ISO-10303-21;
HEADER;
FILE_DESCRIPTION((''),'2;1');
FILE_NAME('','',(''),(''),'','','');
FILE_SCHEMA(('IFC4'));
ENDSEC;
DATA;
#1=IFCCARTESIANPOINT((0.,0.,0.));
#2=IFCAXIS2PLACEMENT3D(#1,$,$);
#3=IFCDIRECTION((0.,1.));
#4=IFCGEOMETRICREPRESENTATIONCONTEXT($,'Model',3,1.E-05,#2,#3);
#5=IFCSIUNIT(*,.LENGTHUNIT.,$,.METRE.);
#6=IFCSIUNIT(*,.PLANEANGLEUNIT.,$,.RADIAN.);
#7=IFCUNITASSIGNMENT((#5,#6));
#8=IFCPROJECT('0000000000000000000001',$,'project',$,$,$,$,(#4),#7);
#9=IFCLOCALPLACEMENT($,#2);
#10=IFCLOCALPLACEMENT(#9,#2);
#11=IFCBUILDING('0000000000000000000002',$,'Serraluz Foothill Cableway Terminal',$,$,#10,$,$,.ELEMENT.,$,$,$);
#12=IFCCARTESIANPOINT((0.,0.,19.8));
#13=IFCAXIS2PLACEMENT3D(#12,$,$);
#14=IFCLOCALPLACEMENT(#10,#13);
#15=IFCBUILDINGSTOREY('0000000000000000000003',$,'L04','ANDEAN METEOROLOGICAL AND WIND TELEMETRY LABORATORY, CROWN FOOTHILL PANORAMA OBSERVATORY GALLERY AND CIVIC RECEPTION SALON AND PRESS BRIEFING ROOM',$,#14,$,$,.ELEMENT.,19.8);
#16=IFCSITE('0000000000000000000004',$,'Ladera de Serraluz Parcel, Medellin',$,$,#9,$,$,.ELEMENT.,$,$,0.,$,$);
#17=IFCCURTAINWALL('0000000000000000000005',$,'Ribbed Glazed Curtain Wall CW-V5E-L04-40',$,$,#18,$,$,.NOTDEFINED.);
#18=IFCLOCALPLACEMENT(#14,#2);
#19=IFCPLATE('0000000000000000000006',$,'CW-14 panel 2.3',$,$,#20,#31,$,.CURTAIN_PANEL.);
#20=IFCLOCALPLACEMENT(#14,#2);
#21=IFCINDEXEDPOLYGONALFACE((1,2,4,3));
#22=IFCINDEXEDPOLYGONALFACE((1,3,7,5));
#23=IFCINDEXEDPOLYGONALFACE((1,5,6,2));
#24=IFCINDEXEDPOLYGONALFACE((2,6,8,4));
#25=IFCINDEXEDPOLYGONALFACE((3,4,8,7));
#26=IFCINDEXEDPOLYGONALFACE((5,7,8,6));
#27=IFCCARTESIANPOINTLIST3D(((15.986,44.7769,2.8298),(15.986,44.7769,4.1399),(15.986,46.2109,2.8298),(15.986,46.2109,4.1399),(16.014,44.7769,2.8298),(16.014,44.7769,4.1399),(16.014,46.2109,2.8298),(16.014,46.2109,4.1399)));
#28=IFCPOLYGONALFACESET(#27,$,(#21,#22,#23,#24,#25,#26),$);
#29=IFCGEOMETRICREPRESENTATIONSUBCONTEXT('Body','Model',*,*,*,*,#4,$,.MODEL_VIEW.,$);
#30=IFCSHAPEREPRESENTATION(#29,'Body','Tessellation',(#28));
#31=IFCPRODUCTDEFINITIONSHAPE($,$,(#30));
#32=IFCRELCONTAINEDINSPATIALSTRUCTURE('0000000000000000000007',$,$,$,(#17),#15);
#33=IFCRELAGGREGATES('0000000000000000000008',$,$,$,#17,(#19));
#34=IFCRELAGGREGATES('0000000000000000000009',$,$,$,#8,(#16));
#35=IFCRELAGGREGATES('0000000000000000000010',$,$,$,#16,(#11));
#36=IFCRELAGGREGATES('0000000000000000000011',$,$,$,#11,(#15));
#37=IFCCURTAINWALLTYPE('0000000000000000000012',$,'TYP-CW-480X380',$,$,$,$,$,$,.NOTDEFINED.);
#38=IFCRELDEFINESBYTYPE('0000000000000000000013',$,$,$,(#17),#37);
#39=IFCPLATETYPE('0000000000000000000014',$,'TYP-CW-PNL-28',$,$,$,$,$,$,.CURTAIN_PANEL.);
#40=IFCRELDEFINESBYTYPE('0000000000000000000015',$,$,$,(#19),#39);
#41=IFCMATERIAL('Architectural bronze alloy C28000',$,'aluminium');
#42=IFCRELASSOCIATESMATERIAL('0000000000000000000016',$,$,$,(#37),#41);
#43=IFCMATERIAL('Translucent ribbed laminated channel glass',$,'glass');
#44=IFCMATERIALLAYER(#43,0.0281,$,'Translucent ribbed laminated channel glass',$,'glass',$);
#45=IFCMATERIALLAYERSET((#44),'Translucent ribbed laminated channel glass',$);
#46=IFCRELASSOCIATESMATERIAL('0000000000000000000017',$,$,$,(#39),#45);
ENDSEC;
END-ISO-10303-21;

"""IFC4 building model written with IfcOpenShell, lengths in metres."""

from ifc_helpers import new_model, si_unit, direction, frame, origin, origin_2d, place, context, subcontext, project, spatial, rectangle, extrude, material, layer, layer_set, type_object, element, aggregate, save


model = new_model("IFC4")

# Units and contexts
model_context = context("Model", 3, precision=1e-05, world=origin(), true_north=direction((0.0, 1.0)))
body_context = subcontext(model_context, "Body", "Model", "MODEL_VIEW")
ifc_project = project(units=[si_unit("LENGTHUNIT", "METRE"), si_unit("PLANEANGLEUNIT", "RADIAN")], contexts=[model_context])

# Site, building, storey
site_placement = place(None, origin())
site = spatial("IfcSite", under=ifc_project, at=site_placement, Name="Ladera de Serraluz Parcel, Medellin", CompositionType="ELEMENT", RefElevation=0.0)
building_placement = place(site_placement, origin())
building = spatial("IfcBuilding", under=site, at=building_placement, Name="Serraluz Foothill Cableway Terminal", CompositionType="ELEMENT")
storey_placement = place(building_placement, frame((0.0, 0.0, 19.8)))
storey = spatial("IfcBuildingStorey", under=building, at=storey_placement, Name="L04", Description="ANDEAN METEOROLOGICAL AND WIND TELEMETRY LABORATORY, CROWN FOOTHILL PANORAMA OBSERVATORY GALLERY AND CIVIC RECEPTION SALON AND PRESS BRIEFING ROOM", CompositionType="ELEMENT", Elevation=19.8)

# Curtain wall
ifc_material_1 = material(Name="Architectural bronze alloy C28000", Category="aluminium")
curtain_wall_type_1 = type_object("IfcCurtainWallType", Name="TYP-CW-480X380", PredefinedType="NOTDEFINED", material=ifc_material_1)
curtain_wall_1_placement = place(storey_placement, origin())
curtain_wall_1 = element("IfcCurtainWall", 1, at=curtain_wall_1_placement, inside=storey, type_object=curtain_wall_type_1, Name="Ribbed Glazed Curtain Wall CW-V5E-L04-40", PredefinedType="NOTDEFINED")

# Plate
ifc_material_2 = material(Name="Translucent ribbed laminated channel glass", Category="glass")
ifc_layer = layer(ifc_material_2, 0.0281, Name="Translucent ribbed laminated channel glass", Category="glass")
ifc_layer_set = layer_set([ifc_layer], Name="Translucent ribbed laminated channel glass")
plate_type = type_object("IfcPlateType", Name="TYP-CW-PNL-28", PredefinedType="CURTAIN_PANEL", material=ifc_layer_set)
plate_1_placement = place(storey_placement, frame((16.0, 45.4939, 2.8298), z_axis=(0.0, 0.0, 1.0), x_axis=(0.0, -1.0, 0.0)))
plate_1 = element("IfcPlate", 2, at=plate_1_placement, type_object=plate_type, Name="CW-14 panel 2.3", PredefinedType="CURTAIN_PANEL", context=body_context, shape_type="SweptSolid", body=[
    extrude(rectangle(XDim=1.4341, YDim=0.0281, at=origin_2d()), origin(), (0.0, 0.0, 1.0), 1.3101),
])
aggregate(curtain_wall_1, [plate_1])

save(model, "model.ifc")
